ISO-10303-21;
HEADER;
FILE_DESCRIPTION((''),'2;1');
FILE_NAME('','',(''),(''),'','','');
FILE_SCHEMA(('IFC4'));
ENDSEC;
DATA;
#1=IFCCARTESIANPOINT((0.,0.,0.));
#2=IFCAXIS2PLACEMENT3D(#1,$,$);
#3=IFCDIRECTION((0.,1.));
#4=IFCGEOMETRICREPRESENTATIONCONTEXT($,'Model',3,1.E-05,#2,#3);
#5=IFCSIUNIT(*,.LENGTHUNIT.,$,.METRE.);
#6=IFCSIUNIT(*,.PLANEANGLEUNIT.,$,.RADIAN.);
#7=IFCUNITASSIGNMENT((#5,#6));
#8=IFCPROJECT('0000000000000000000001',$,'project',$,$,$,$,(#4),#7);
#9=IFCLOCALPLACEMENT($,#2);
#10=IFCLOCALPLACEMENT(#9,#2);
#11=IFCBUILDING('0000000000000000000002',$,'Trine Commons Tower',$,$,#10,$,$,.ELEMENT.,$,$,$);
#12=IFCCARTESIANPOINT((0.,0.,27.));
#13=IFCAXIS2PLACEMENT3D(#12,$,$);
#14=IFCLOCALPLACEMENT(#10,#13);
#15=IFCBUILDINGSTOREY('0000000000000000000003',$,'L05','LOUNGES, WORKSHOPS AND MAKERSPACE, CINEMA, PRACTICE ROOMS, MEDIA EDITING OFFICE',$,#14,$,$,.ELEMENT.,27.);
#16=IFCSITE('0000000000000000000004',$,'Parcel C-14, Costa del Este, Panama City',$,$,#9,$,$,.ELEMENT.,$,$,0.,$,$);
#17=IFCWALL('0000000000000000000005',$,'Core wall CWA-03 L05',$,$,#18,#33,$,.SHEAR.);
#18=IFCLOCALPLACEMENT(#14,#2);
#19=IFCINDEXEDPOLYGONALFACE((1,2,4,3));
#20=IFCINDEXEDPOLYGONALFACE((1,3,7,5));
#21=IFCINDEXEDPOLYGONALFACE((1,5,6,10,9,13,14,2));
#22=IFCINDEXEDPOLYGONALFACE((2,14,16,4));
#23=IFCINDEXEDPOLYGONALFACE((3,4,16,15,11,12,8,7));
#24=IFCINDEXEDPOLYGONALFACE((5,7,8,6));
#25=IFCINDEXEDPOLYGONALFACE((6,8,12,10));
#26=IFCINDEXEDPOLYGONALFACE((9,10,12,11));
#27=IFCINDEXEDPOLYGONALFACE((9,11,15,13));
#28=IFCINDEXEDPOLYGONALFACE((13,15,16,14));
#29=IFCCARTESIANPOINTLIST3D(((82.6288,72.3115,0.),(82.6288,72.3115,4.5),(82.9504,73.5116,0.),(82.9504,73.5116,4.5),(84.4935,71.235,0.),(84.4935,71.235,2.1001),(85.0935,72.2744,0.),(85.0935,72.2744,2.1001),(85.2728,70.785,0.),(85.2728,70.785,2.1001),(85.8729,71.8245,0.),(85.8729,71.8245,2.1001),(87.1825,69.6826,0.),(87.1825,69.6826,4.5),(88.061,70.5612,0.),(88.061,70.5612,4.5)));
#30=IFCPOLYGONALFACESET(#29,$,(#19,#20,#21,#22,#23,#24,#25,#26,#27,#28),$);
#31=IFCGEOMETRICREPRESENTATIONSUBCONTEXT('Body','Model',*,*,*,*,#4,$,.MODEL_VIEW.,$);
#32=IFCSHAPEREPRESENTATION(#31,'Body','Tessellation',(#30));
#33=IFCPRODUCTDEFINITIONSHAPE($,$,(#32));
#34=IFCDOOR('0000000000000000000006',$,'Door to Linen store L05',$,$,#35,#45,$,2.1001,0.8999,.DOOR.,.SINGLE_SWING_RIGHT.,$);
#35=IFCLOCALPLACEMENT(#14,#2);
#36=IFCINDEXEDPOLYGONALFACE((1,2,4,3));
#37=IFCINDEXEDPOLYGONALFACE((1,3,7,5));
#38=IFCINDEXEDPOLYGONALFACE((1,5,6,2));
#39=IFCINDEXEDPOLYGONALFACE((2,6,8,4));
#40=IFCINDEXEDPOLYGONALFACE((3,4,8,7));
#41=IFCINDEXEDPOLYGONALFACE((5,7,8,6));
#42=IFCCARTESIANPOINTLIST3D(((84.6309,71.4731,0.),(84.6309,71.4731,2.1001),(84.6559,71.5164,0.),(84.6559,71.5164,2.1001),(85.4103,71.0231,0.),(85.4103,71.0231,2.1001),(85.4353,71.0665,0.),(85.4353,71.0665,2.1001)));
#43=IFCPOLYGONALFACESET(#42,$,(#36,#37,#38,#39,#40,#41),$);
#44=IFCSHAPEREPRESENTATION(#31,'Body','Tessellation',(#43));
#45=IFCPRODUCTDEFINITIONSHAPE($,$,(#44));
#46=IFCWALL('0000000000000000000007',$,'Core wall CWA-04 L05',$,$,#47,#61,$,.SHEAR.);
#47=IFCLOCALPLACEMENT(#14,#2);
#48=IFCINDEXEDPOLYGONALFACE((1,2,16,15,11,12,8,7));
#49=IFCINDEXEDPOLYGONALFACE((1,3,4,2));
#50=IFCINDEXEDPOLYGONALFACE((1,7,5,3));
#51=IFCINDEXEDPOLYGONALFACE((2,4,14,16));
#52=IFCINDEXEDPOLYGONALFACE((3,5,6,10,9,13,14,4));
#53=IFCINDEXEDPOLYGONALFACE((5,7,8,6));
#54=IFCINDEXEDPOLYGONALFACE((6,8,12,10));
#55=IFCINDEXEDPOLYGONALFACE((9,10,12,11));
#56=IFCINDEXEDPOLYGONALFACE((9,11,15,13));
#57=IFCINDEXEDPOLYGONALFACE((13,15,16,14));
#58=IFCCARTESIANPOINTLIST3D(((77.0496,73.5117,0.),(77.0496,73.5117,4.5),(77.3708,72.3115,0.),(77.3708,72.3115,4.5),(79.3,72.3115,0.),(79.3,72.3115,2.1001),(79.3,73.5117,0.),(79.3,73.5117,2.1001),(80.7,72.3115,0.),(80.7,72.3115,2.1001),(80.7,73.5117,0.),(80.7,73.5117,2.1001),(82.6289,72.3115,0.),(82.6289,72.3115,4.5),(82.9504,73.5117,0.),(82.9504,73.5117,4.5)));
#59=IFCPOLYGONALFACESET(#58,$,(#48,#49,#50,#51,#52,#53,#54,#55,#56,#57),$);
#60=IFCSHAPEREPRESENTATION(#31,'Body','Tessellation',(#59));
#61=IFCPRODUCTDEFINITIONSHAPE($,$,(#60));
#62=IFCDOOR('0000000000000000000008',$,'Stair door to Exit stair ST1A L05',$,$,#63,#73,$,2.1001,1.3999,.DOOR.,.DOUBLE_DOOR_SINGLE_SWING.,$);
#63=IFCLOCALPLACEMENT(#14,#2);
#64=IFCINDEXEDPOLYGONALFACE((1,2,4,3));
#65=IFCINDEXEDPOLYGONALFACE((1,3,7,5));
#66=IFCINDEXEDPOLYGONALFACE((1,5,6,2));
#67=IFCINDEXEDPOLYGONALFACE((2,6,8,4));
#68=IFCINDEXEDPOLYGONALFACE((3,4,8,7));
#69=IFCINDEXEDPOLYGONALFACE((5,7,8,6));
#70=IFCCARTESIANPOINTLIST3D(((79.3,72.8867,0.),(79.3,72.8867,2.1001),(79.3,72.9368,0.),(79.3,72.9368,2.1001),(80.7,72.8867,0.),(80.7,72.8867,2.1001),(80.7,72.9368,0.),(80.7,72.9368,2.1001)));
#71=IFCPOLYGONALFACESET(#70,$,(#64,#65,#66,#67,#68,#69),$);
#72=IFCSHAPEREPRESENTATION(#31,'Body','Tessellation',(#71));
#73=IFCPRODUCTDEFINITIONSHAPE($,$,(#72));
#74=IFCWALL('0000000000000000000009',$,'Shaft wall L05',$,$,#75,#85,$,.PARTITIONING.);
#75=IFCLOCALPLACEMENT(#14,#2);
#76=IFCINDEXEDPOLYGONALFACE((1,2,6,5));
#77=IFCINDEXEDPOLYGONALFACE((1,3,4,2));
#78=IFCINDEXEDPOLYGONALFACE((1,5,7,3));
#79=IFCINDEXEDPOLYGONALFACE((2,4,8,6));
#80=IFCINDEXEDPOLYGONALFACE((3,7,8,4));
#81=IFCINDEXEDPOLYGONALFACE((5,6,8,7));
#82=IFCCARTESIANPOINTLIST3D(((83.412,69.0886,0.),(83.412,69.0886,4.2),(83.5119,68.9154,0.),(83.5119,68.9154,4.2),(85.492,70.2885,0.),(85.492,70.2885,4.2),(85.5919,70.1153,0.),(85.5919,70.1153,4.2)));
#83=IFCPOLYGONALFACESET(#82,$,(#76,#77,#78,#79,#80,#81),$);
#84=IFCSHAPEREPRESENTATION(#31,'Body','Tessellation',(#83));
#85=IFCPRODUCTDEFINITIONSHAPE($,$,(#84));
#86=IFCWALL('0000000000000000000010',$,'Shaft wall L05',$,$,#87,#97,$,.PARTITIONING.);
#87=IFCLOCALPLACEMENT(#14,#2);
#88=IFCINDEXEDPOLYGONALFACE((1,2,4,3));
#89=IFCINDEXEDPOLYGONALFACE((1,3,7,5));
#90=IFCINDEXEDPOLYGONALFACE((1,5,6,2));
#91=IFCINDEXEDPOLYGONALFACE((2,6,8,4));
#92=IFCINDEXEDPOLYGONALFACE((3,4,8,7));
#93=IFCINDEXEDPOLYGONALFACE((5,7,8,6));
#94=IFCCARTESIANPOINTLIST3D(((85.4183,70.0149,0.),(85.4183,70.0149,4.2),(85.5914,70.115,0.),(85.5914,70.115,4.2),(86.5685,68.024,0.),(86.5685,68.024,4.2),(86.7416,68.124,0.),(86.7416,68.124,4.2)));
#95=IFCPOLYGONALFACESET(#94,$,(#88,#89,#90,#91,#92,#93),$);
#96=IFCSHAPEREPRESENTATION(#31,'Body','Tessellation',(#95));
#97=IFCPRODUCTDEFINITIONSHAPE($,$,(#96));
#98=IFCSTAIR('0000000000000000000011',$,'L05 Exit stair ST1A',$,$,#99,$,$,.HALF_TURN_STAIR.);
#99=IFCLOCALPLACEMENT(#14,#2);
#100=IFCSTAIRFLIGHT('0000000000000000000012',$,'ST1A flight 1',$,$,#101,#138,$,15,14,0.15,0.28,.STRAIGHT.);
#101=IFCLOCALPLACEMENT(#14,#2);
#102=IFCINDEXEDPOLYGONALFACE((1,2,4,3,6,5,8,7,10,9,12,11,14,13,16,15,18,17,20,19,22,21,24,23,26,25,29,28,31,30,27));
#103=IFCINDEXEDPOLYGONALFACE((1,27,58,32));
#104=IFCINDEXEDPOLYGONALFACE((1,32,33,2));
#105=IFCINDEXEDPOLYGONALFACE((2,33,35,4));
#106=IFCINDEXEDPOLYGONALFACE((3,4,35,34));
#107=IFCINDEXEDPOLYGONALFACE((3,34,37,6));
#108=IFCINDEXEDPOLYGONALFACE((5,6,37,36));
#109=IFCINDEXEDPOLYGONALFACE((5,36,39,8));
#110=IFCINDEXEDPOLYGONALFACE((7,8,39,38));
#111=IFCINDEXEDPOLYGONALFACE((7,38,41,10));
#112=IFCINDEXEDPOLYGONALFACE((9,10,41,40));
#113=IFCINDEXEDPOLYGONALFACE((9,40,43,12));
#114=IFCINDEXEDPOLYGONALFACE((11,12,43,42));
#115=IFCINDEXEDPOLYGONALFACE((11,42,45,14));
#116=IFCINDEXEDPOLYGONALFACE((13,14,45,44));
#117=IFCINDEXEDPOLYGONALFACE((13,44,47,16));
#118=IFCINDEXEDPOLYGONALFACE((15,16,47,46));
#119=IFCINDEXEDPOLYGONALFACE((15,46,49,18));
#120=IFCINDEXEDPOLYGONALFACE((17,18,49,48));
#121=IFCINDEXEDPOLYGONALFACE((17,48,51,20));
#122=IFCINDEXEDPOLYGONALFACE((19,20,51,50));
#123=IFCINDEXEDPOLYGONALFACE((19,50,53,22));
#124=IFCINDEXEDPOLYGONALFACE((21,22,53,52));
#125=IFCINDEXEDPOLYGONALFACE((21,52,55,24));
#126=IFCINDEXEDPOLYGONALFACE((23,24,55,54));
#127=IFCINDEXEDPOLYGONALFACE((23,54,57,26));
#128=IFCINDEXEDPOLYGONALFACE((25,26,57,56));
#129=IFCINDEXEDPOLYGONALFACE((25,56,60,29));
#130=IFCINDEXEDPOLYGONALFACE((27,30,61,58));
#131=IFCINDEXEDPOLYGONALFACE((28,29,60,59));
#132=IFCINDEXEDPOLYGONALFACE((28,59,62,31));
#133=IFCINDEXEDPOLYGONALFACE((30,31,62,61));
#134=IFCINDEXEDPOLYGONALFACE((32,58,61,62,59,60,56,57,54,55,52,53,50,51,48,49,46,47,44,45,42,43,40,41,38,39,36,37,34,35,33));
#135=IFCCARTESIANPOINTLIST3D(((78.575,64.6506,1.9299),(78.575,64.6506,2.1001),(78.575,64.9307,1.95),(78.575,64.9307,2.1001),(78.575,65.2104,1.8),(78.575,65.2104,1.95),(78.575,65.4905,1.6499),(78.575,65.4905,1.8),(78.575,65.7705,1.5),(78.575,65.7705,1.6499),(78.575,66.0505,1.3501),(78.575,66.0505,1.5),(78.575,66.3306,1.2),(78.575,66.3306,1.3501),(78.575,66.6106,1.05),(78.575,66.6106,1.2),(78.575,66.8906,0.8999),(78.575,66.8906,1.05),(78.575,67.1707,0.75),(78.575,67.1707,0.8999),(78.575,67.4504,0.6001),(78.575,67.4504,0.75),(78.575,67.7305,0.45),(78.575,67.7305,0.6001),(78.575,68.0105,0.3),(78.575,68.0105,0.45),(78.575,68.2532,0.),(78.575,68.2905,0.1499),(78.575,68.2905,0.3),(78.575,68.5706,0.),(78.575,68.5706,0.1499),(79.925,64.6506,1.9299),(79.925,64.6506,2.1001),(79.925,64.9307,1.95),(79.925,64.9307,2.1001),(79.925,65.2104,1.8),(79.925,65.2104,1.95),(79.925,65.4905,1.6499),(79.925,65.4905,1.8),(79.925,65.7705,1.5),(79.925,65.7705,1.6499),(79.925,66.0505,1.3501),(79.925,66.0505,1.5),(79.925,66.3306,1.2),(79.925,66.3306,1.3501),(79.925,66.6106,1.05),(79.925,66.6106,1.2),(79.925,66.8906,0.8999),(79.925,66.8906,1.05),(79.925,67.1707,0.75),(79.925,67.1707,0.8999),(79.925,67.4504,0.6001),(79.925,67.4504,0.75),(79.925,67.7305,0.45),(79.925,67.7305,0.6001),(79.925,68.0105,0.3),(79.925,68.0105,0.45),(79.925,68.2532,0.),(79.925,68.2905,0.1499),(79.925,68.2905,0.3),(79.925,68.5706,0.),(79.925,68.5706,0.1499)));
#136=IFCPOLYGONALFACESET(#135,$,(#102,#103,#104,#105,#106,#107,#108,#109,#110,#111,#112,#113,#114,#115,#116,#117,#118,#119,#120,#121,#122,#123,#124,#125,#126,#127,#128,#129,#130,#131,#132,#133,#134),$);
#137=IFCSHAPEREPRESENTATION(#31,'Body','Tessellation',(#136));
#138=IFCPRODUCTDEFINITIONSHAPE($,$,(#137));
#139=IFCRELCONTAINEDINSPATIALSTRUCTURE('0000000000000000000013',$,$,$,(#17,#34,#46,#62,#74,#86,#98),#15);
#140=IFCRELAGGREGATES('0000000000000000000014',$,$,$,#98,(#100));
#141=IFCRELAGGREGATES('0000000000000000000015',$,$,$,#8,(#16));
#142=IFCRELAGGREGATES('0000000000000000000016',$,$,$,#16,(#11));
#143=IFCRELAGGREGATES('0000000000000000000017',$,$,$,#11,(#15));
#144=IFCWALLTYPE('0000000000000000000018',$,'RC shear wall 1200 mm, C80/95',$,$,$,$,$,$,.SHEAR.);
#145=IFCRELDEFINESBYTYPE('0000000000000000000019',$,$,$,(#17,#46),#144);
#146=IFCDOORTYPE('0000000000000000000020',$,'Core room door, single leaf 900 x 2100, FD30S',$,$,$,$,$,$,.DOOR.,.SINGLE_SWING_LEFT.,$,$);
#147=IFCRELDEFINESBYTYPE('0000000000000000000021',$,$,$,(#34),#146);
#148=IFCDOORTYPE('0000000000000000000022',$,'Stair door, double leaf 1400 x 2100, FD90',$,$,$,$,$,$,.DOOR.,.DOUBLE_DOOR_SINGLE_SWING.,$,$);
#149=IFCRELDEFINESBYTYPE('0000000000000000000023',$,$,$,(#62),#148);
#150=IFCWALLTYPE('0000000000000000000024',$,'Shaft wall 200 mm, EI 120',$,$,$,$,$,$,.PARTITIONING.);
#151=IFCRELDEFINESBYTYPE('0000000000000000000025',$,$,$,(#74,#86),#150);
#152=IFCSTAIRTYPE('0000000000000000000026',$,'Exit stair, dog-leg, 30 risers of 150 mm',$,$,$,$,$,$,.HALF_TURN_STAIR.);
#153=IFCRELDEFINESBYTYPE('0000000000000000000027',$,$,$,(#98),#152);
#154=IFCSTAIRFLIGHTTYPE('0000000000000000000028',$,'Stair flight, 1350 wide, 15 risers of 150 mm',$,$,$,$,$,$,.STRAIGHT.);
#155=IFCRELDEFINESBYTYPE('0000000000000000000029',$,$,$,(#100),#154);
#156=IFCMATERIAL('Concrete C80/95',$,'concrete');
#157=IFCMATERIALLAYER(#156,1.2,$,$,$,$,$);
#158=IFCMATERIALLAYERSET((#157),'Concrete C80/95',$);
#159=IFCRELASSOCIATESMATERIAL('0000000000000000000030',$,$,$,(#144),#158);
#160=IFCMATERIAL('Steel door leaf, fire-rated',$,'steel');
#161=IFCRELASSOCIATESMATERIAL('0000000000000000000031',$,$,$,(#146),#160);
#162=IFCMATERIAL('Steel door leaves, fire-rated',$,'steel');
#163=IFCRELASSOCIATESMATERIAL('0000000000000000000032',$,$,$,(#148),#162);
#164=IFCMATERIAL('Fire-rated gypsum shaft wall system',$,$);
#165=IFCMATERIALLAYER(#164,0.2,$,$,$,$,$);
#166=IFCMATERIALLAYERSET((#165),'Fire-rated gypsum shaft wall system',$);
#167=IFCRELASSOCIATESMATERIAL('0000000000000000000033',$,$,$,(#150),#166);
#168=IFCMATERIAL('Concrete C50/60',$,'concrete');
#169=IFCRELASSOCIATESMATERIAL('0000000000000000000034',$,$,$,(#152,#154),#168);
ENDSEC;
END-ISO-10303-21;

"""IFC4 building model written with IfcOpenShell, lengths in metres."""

from ifc_helpers import new_model, si_unit, direction, frame, frame_2d, origin, place, context, subcontext, project, spatial, polyline, rectangle, outline, extrude, material, layer, layer_set, type_object, element, fill, aggregate, save


model = new_model("IFC4")

# Units and contexts
model_context = context("Model", 3, precision=1e-05, world=origin(), true_north=direction((0.0, 1.0)))
body_context = subcontext(model_context, "Body", "Model", "MODEL_VIEW")
ifc_project = project(units=[si_unit("LENGTHUNIT", "METRE"), si_unit("PLANEANGLEUNIT", "RADIAN")], contexts=[model_context])

# Site, building, storey
site_placement = place(None, origin())
site = spatial("IfcSite", under=ifc_project, at=site_placement, Name="Parcel C-14, Costa del Este, Panama City", CompositionType="ELEMENT", RefElevation=0.0)
building_placement = place(site_placement, origin())
building = spatial("IfcBuilding", under=site, at=building_placement, Name="Trine Commons Tower", CompositionType="ELEMENT")
storey_placement = place(building_placement, frame((0.0, 0.0, 27.0)))
storey = spatial("IfcBuildingStorey", under=building, at=storey_placement, Name="L05", Description="LOUNGES, WORKSHOPS AND MAKERSPACE, CINEMA, PRACTICE ROOMS, MEDIA EDITING OFFICE", CompositionType="ELEMENT", Elevation=27.0)

# Shared definitions
ifc_material_1 = material(Name="Concrete C80/95", Category="concrete")

# Shared definitions
ifc_material_2 = material(Name="Concrete C50/60", Category="concrete")

# Walls, openings, doors
ifc_layer_1 = layer(ifc_material_1, 1.2)
ifc_layer_set_1 = layer_set([ifc_layer_1], Name="Concrete C80/95")
wall_type_1 = type_object("IfcWallType", Name="RC shear wall 1200 mm, C80/95", PredefinedType="SHEAR", material=ifc_layer_set_1)
wall_1_placement = place(storey_placement, frame((87.761, 70.0415, 0.0), z_axis=(0.0, 0.0, 1.0), x_axis=(-0.866037, 0.499979, 0.0)))
wall_1 = element("IfcWall", 1, at=wall_1_placement, inside=storey, type_object=wall_type_1, Name="Core wall CWA-03 L05", PredefinedType="SHEAR", context=body_context, shape_type="SweptSolid", body=[
    extrude(outline(polyline([(0.0, -0.6001), (5.9011, -0.6001), (5.5796, 0.6001), (0.3215, 0.6001), (0.0, -0.6001)])), origin(), (0.0, 0.0, 1.0), 4.5),
])
opening_1_placement = place(wall_1_placement, frame((2.5266, 0.0, 0.0)))
opening_1 = element("IfcOpeningElement", 2, at=opening_1_placement, cuts=wall_1, PredefinedType="OPENING", context=body_context, shape_type="SweptSolid", body=[
    extrude(rectangle(XDim=0.8999, YDim=2.1001, at=frame_2d((0.45, 1.05))), frame((0.0, 0.6099, 0.0), z_axis=(0.0, -1.0, 0.0), x_axis=(1.0, 0.0, 0.0)), (0.0, 0.0, 1.0), 1.22),
])
ifc_material_3 = material(Name="Steel door leaf, fire-rated", Category="steel")
door_type_1 = type_object("IfcDoorType", Name="Core room door, single leaf 900 x 2100, FD30S", OperationType="SINGLE_SWING_LEFT", PredefinedType="DOOR", material=ifc_material_3)
door_1_placement = place(opening_1_placement, origin())
door_1 = element("IfcDoor", 3, at=door_1_placement, inside=storey, type_object=door_type_1, Name="Door to Linen store L05", OperationType="SINGLE_SWING_RIGHT", OverallHeight=2.1001, OverallWidth=0.8999, PredefinedType="DOOR", context=body_context, shape_type="SweptSolid", body=[
    extrude(rectangle(XDim=0.8999, YDim=2.1001, at=frame_2d((0.45, 1.05))), frame((0.0, 0.3252, 0.0), z_axis=(0.0, -1.0, 0.0), x_axis=(1.0, 0.0, 0.0)), (0.0, 0.0, 1.0), 0.05),
])
fill(opening_1, door_1)
wall_2_placement = place(storey_placement, frame((82.9504, 72.9116, 0.0), z_axis=(0.0, 0.0, 1.0), x_axis=(-1.0, 0.0, 0.0)))
wall_2 = element("IfcWall", 4, at=wall_2_placement, inside=storey, type_object=wall_type_1, Name="Core wall CWA-04 L05", PredefinedType="SHEAR", context=body_context, shape_type="SweptSolid", body=[
    extrude(outline(polyline([(0.0, -0.6001), (5.9009, -0.6001), (5.5796, 0.6001), (0.3215, 0.6001), (0.0, -0.6001)])), origin(), (0.0, 0.0, 1.0), 4.5),
])
opening_2_placement = place(wall_2_placement, frame((2.2505, 0.0, 0.0)))
opening_2 = element("IfcOpeningElement", 5, at=opening_2_placement, cuts=wall_2, PredefinedType="OPENING", context=body_context, shape_type="SweptSolid", body=[
    extrude(rectangle(XDim=1.3999, YDim=2.1001, at=frame_2d((0.7, 1.05))), frame((0.0, 0.6099, 0.0), z_axis=(0.0, -1.0, 0.0), x_axis=(1.0, 0.0, 0.0)), (0.0, 0.0, 1.0), 1.22),
])
ifc_material_4 = material(Name="Steel door leaves, fire-rated", Category="steel")
door_type_2 = type_object("IfcDoorType", Name="Stair door, double leaf 1400 x 2100, FD90", OperationType="DOUBLE_DOOR_SINGLE_SWING", PredefinedType="DOOR", material=ifc_material_4)
door_2_placement = place(opening_2_placement, origin())
door_2 = element("IfcDoor", 6, at=door_2_placement, inside=storey, type_object=door_type_2, Name="Stair door to Exit stair ST1A L05", OperationType="DOUBLE_DOOR_SINGLE_SWING", OverallHeight=2.1001, OverallWidth=1.3999, PredefinedType="DOOR", context=body_context, shape_type="SweptSolid", body=[
    extrude(rectangle(XDim=1.3999, YDim=2.1001, at=frame_2d((0.7, 1.05))), frame((0.0, 0.0249, 0.0), z_axis=(0.0, -1.0, 0.0), x_axis=(1.0, 0.0, 0.0)), (0.0, 0.0, 1.0), 0.05),
])
fill(opening_2, door_2)

# Walls
ifc_material_5 = material(Name="Fire-rated gypsum shaft wall system")
ifc_layer_2 = layer(ifc_material_5, 0.2)
ifc_layer_set_2 = layer_set([ifc_layer_2], Name="Fire-rated gypsum shaft wall system")
wall_type_2 = type_object("IfcWallType", Name="Shaft wall 200 mm, EI 120", PredefinedType="PARTITIONING", material=ifc_layer_set_2)
wall_3_placement = place(storey_placement, frame((83.4619, 69.002, 0.0), z_axis=(0.0, 0.0, 1.0), x_axis=(0.866203, 0.499693, 0.0)))
element("IfcWall", 7, at=wall_3_placement, inside=storey, type_object=wall_type_2, Name="Shaft wall L05", PredefinedType="PARTITIONING", context=body_context, shape_type="SweptSolid", body=[
    extrude(rectangle(XDim=2.4014, YDim=0.2, at=frame_2d((1.2007, 0.0))), origin(), (0.0, 0.0, 1.0), 4.2),
])
wall_4_placement = place(storey_placement, frame((86.655, 68.074, 0.0), z_axis=(0.0, 0.0, 1.0), x_axis=(-0.500216, 0.865901, 0.0)))
element("IfcWall", 8, at=wall_4_placement, inside=storey, type_object=wall_type_2, Name="Shaft wall L05", PredefinedType="PARTITIONING", context=body_context, shape_type="SweptSolid", body=[
    extrude(rectangle(XDim=2.2993, YDim=0.2, at=frame_2d((1.1497, 0.0))), origin(), (0.0, 0.0, 1.0), 4.2),
])

# Stair, stair flight
stair_type = type_object("IfcStairType", Name="Exit stair, dog-leg, 30 risers of 150 mm", PredefinedType="HALF_TURN_STAIR", material=ifc_material_2)
stair_placement = place(storey_placement, origin())
stair = element("IfcStair", 9, at=stair_placement, inside=storey, type_object=stair_type, Name="L05 Exit stair ST1A", PredefinedType="HALF_TURN_STAIR")
stair_flight_type = type_object("IfcStairFlightType", Name="Stair flight, 1350 wide, 15 risers of 150 mm", PredefinedType="STRAIGHT", material=ifc_material_2)
stair_flight_placement = place(storey_placement, frame((79.25, 68.5706, 0.0), z_axis=(0.0, 0.0, 1.0), x_axis=(0.0, -1.0, 0.0)))
stair_flight = element("IfcStairFlight", 10, at=stair_flight_placement, type_object=stair_flight_type, Name="ST1A flight 1", NumberOfRisers=15, NumberOfTreads=14, PredefinedType="STRAIGHT", RiserHeight=0.15, TreadLength=0.28, context=body_context, shape_type="SweptSolid", body=[
    extrude(outline(polyline([(0.0, 0.0), (0.0, 0.1499), (0.28, 0.1499), (0.28, 0.3), (0.5601, 0.3), (0.5601, 0.45), (0.8401, 0.45), (0.8401, 0.6001), (1.1201, 0.6001), (1.1201, 0.75), (1.3999, 0.75), (1.3999, 0.8999), (1.6799, 0.8999), (1.6799, 1.05), (1.96, 1.05), (1.96, 1.2), (2.24, 1.2), (2.24, 1.3501), (2.52, 1.3501), (2.52, 1.5), (2.8, 1.5), (2.8, 1.6499), (3.0801, 1.6499), (3.0801, 1.8), (3.3601, 1.8), (3.3601, 1.95), (3.6399, 1.95), (3.6399, 2.1001), (3.9199, 2.1001), (3.9199, 2.25), (3.9199, 1.9299), (0.3174, 0.0), (0.0, 0.0)])), frame((0.0, 0.675, 0.0), z_axis=(0.0, -1.0, 0.0), x_axis=(1.0, 0.0, 0.0)), (0.0, 0.0, 1.0), 1.3501),
])
aggregate(stair, [stair_flight])

save(model, "model.ifc")
